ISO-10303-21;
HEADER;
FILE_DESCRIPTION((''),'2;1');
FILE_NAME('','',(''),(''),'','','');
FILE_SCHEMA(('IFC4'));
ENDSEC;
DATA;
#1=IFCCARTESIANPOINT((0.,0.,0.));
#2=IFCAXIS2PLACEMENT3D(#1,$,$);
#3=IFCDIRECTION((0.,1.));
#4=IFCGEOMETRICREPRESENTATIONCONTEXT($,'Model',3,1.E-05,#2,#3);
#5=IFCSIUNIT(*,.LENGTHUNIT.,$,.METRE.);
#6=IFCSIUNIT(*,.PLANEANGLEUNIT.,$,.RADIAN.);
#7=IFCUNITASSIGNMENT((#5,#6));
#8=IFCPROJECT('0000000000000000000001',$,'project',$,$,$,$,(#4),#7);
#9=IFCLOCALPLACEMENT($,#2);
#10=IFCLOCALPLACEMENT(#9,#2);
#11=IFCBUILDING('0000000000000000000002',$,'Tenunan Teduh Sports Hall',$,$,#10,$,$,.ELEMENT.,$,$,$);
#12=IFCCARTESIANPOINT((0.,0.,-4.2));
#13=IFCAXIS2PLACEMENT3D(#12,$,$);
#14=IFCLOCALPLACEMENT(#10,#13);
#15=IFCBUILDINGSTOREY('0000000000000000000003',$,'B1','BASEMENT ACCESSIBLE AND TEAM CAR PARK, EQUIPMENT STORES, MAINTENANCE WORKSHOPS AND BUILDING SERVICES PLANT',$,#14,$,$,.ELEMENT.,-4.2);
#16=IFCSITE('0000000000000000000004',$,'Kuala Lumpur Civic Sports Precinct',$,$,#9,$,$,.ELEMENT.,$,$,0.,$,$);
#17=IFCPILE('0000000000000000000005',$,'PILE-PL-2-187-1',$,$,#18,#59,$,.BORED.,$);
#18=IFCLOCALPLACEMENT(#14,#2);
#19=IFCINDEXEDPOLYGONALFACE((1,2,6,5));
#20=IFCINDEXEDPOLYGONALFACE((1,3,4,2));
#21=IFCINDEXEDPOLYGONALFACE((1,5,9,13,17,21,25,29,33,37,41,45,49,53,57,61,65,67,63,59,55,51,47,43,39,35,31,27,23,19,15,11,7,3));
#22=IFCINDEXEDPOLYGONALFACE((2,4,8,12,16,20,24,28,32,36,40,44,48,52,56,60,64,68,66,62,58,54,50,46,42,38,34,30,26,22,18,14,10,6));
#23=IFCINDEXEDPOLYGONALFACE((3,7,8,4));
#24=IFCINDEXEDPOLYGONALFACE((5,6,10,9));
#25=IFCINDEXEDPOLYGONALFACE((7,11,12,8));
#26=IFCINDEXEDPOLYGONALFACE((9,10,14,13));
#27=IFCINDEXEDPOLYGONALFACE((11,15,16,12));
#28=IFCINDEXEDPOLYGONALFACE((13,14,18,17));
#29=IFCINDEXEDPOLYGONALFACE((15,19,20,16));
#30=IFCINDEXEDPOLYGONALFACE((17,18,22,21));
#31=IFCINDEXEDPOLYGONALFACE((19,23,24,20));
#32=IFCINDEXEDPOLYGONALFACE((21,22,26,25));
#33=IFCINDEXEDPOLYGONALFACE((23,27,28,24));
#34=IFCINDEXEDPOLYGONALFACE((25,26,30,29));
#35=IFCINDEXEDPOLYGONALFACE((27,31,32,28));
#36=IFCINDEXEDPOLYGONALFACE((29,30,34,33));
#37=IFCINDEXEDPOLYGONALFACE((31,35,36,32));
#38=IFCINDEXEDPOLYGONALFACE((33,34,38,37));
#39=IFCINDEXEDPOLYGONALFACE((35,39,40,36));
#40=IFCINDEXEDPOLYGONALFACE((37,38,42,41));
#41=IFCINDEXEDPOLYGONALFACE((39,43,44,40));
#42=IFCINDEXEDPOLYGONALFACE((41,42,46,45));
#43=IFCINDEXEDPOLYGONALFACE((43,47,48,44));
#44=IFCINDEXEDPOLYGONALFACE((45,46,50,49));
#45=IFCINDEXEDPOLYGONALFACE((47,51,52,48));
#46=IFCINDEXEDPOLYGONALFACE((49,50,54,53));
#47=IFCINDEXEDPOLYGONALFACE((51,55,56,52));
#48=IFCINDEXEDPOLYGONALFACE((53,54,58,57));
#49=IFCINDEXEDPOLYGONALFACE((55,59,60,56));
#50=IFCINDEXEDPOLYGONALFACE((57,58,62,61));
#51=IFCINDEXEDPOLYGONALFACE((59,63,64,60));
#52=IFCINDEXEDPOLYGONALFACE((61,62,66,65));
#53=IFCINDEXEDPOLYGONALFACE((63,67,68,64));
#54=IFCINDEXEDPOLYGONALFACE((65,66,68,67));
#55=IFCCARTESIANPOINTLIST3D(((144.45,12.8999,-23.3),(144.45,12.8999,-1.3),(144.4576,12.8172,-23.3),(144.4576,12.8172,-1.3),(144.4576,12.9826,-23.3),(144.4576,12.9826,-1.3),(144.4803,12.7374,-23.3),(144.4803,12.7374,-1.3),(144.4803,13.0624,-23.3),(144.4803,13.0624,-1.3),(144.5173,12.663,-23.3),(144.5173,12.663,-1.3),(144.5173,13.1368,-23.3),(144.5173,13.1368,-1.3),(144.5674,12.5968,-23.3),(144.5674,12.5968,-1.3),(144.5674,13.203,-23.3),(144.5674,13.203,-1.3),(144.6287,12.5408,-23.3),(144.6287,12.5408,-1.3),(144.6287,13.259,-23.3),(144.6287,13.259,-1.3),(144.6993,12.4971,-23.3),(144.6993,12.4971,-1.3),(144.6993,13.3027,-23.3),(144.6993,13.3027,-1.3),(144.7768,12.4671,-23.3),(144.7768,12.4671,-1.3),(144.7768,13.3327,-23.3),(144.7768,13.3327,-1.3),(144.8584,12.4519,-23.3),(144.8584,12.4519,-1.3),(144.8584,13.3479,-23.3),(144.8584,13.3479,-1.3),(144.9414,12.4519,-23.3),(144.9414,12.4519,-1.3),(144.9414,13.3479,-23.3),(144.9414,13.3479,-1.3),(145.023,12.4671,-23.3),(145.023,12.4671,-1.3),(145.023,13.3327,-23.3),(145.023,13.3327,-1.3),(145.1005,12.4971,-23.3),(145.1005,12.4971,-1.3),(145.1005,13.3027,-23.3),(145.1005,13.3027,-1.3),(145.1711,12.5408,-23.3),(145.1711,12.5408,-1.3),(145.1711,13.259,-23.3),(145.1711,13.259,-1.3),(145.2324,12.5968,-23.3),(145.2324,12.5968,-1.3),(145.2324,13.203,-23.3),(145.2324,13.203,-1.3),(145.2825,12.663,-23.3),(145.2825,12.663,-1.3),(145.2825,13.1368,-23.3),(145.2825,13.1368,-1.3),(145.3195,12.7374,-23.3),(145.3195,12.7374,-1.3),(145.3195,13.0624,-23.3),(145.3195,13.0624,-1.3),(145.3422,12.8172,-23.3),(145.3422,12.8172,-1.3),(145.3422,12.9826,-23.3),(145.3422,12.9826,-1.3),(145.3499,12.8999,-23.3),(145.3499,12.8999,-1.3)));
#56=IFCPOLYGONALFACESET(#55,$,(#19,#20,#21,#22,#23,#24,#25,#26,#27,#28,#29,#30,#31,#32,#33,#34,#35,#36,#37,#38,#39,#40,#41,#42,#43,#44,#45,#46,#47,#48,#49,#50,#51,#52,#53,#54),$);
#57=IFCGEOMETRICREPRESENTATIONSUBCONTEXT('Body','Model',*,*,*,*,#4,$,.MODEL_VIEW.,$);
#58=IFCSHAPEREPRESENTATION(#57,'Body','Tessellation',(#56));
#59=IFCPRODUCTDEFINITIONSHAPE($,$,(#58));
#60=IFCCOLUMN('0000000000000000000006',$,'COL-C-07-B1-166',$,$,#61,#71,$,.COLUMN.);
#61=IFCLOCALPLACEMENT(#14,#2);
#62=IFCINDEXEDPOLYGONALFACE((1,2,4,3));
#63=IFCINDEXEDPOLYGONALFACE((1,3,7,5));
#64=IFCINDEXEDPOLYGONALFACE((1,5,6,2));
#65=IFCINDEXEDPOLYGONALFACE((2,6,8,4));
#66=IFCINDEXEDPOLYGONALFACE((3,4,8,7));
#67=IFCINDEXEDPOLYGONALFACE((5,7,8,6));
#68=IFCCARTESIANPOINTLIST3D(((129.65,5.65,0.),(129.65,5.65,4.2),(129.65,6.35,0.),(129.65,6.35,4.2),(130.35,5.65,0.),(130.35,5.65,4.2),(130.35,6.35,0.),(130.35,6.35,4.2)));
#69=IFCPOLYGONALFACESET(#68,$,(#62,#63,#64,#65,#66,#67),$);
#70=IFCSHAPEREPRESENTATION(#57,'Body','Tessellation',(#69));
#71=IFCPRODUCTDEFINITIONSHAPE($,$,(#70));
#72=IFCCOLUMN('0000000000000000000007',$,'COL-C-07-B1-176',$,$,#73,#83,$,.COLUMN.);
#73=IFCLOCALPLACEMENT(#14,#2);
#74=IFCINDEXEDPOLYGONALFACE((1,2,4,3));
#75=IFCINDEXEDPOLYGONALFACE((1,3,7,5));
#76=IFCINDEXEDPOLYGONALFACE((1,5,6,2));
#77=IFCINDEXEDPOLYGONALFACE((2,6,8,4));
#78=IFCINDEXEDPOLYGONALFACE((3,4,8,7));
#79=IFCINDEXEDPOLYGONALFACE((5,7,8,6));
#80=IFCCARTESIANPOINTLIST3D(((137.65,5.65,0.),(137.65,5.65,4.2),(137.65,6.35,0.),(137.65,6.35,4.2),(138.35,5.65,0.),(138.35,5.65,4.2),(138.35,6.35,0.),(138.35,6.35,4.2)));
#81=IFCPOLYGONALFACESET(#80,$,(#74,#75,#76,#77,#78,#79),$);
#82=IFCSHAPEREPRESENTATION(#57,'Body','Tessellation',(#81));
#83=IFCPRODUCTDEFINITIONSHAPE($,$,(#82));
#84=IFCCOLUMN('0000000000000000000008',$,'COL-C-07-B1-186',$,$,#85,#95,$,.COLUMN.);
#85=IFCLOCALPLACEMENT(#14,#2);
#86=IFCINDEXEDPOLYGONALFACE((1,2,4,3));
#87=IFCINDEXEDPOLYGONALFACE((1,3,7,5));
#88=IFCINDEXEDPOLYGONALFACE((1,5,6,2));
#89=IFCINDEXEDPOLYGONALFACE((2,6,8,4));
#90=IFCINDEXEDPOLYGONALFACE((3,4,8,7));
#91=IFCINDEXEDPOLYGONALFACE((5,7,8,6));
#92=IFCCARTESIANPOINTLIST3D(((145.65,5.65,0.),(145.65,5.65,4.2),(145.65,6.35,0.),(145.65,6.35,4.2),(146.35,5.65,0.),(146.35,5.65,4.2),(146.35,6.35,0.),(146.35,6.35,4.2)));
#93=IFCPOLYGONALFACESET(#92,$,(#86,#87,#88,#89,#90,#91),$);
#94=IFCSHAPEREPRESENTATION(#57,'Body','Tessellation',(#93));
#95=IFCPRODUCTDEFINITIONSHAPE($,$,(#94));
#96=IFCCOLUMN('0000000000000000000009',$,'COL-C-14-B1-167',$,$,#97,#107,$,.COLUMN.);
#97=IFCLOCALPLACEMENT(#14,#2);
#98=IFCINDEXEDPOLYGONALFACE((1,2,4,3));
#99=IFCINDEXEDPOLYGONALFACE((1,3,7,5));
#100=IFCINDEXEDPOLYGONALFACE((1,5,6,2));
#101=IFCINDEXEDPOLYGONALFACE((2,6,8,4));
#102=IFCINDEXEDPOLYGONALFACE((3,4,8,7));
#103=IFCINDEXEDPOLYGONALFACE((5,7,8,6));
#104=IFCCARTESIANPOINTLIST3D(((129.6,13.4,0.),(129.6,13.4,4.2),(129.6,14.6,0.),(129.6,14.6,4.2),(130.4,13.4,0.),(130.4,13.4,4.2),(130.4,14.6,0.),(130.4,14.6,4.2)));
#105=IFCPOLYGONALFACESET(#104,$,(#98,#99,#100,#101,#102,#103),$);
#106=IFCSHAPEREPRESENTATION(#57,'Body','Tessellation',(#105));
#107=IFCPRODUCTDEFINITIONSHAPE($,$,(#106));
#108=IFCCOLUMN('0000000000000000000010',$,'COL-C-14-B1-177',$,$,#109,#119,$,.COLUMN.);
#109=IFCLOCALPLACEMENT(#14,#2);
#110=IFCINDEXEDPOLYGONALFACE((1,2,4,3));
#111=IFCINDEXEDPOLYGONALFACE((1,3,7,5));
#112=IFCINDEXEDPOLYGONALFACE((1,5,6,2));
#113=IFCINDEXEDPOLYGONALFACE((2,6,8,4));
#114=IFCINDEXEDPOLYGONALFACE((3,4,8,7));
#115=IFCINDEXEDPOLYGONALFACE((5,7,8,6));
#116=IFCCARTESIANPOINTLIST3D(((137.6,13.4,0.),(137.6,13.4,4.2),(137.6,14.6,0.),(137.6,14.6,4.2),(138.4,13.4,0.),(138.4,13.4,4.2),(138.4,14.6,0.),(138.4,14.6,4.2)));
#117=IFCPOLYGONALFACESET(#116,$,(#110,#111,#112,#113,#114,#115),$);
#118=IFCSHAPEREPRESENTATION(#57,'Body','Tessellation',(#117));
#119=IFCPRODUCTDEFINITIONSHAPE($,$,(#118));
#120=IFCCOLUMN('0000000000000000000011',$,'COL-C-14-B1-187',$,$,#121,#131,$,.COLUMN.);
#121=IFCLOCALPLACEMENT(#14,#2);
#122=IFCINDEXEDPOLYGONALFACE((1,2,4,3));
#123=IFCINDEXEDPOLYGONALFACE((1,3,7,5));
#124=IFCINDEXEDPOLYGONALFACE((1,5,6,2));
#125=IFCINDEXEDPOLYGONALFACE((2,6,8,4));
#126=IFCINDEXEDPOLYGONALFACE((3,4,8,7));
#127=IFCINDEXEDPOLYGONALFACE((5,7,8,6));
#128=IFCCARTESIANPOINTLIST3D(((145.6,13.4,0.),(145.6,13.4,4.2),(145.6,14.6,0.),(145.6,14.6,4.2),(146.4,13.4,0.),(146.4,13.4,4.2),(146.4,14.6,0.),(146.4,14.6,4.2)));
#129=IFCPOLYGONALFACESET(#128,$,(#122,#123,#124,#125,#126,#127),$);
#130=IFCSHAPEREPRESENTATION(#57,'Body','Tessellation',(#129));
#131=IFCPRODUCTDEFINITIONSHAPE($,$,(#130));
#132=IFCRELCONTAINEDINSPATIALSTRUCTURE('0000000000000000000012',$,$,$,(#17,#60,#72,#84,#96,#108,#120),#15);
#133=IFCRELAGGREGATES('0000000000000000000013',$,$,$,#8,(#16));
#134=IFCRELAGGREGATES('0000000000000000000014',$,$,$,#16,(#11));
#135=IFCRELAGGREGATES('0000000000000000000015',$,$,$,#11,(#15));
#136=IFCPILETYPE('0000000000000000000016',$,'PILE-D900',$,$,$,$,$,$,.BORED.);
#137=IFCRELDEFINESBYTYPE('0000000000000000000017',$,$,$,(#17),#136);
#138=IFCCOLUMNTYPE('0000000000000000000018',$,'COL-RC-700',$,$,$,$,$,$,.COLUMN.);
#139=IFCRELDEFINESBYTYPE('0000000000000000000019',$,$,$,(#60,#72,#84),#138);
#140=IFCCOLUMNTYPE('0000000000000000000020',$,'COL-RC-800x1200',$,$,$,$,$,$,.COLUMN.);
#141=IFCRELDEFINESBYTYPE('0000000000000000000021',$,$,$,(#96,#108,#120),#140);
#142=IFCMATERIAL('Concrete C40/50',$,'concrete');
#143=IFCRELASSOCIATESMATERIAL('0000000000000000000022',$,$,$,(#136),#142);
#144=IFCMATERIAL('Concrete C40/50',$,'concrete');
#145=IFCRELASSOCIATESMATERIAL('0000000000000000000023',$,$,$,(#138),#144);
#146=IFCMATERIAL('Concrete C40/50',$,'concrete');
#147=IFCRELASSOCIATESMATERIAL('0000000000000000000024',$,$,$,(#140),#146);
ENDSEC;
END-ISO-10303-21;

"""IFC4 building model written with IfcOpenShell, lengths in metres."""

from ifc_helpers import new_model, si_unit, direction, frame, origin, origin_2d, place, context, subcontext, project, spatial, rectangle, circle, extrude, material, material_profile, profile_set, type_object, element, save


model = new_model("IFC4")

# Units and contexts
model_context = context("Model", 3, precision=1e-05, world=origin(), true_north=direction((0.0, 1.0)))
body_context = subcontext(model_context, "Body", "Model", "MODEL_VIEW")
ifc_project = project(units=[si_unit("LENGTHUNIT", "METRE"), si_unit("PLANEANGLEUNIT", "RADIAN")], contexts=[model_context])

# Site, building, storey
site_placement = place(None, origin())
site = spatial("IfcSite", under=ifc_project, at=site_placement, Name="Kuala Lumpur Civic Sports Precinct", CompositionType="ELEMENT", RefElevation=0.0)
building_placement = place(site_placement, origin())
building = spatial("IfcBuilding", under=site, at=building_placement, Name="Tenunan Teduh Sports Hall", CompositionType="ELEMENT")
storey_placement = place(building_placement, frame((0.0, 0.0, -4.2)))
storey = spatial("IfcBuildingStorey", under=building, at=storey_placement, Name="B1", Description="BASEMENT ACCESSIBLE AND TEAM CAR PARK, EQUIPMENT STORES, MAINTENANCE WORKSHOPS AND BUILDING SERVICES PLANT", CompositionType="ELEMENT", Elevation=-4.2)

# Pile
ifc_material_1 = material(Name="Concrete C40/50", Category="concrete")
ifc_material_profile_1 = material_profile(ifc_material_1, circle(Radius=0.45, at=origin_2d()), Name="PILE D900")
ifc_profile_set_1 = profile_set([ifc_material_profile_1], Name="Concrete C40/50")
pile_type = type_object("IfcPileType", Name="PILE-D900", PredefinedType="BORED", material=ifc_profile_set_1)
for number, where, z_axis, x_axis, name in (
    (1, (144.8999, 12.8999, -1.3), (0.0, 0.0, -1.0), (1.0, 0.0, 0.0), "PILE-PL-2-187-1"),
):
    element("IfcPile", number, at=place(storey_placement, frame(where, z_axis=z_axis, x_axis=x_axis)), inside=storey, type_object=pile_type, Name=name, PredefinedType="BORED", context=body_context, shape_type="SweptSolid", body=[
        extrude(circle(Radius=0.45, at=origin_2d()), origin(), (0.0, 0.0, 1.0), 22.0),
    ])

# Columns
ifc_material_2 = material(Name="Concrete C40/50", Category="concrete")
ifc_material_profile_2 = material_profile(ifc_material_2, rectangle(XDim=0.7, YDim=0.7, at=origin_2d()), Name="RC 700x700")
ifc_profile_set_2 = profile_set([ifc_material_profile_2], Name="Concrete C40/50")
column_type_1 = type_object("IfcColumnType", Name="COL-RC-700", PredefinedType="COLUMN", material=ifc_profile_set_2)
for number, where, z_axis, x_axis, name in (
    (2, (130.0, 6.0, 0.0), (0.0, 0.0, 1.0), (1.0, 0.0, 0.0), "COL-C-07-B1-166"),
    (3, (138.0, 6.0, 0.0), (0.0, 0.0, 1.0), (1.0, 0.0, 0.0), "COL-C-07-B1-176"),
    (4, (146.0, 6.0, 0.0), (0.0, 0.0, 1.0), (1.0, 0.0, 0.0), "COL-C-07-B1-186"),
):
    element("IfcColumn", number, at=place(storey_placement, frame(where, z_axis=z_axis, x_axis=x_axis)), inside=storey, type_object=column_type_1, Name=name, PredefinedType="COLUMN", context=body_context, shape_type="SweptSolid", body=[
        extrude(rectangle(XDim=0.7, YDim=0.7, at=origin_2d()), origin(), (0.0, 0.0, 1.0), 4.2),
    ])
ifc_material_3 = material(Name="Concrete C40/50", Category="concrete")
ifc_material_profile_3 = material_profile(ifc_material_3, rectangle(XDim=0.8, YDim=1.2, at=origin_2d()), Name="RC 800x1200")
ifc_profile_set_3 = profile_set([ifc_material_profile_3], Name="Concrete C40/50")
column_type_2 = type_object("IfcColumnType", Name="COL-RC-800x1200", PredefinedType="COLUMN", material=ifc_profile_set_3)
for number, where, z_axis, x_axis, name in (
    (5, (130.0, 14.0, 0.0), (0.0, 0.0, 1.0), (1.0, 0.0, 0.0), "COL-C-14-B1-167"),
    (6, (138.0, 14.0, 0.0), (0.0, 0.0, 1.0), (1.0, 0.0, 0.0), "COL-C-14-B1-177"),
    (7, (146.0, 14.0, 0.0), (0.0, 0.0, 1.0), (1.0, 0.0, 0.0), "COL-C-14-B1-187"),
):
    element("IfcColumn", number, at=place(storey_placement, frame(where, z_axis=z_axis, x_axis=x_axis)), inside=storey, type_object=column_type_2, Name=name, PredefinedType="COLUMN", context=body_context, shape_type="SweptSolid", body=[
        extrude(rectangle(XDim=0.8, YDim=1.2, at=origin_2d()), origin(), (0.0, 0.0, 1.0), 4.2),
    ])

save(model, "model.ifc")
